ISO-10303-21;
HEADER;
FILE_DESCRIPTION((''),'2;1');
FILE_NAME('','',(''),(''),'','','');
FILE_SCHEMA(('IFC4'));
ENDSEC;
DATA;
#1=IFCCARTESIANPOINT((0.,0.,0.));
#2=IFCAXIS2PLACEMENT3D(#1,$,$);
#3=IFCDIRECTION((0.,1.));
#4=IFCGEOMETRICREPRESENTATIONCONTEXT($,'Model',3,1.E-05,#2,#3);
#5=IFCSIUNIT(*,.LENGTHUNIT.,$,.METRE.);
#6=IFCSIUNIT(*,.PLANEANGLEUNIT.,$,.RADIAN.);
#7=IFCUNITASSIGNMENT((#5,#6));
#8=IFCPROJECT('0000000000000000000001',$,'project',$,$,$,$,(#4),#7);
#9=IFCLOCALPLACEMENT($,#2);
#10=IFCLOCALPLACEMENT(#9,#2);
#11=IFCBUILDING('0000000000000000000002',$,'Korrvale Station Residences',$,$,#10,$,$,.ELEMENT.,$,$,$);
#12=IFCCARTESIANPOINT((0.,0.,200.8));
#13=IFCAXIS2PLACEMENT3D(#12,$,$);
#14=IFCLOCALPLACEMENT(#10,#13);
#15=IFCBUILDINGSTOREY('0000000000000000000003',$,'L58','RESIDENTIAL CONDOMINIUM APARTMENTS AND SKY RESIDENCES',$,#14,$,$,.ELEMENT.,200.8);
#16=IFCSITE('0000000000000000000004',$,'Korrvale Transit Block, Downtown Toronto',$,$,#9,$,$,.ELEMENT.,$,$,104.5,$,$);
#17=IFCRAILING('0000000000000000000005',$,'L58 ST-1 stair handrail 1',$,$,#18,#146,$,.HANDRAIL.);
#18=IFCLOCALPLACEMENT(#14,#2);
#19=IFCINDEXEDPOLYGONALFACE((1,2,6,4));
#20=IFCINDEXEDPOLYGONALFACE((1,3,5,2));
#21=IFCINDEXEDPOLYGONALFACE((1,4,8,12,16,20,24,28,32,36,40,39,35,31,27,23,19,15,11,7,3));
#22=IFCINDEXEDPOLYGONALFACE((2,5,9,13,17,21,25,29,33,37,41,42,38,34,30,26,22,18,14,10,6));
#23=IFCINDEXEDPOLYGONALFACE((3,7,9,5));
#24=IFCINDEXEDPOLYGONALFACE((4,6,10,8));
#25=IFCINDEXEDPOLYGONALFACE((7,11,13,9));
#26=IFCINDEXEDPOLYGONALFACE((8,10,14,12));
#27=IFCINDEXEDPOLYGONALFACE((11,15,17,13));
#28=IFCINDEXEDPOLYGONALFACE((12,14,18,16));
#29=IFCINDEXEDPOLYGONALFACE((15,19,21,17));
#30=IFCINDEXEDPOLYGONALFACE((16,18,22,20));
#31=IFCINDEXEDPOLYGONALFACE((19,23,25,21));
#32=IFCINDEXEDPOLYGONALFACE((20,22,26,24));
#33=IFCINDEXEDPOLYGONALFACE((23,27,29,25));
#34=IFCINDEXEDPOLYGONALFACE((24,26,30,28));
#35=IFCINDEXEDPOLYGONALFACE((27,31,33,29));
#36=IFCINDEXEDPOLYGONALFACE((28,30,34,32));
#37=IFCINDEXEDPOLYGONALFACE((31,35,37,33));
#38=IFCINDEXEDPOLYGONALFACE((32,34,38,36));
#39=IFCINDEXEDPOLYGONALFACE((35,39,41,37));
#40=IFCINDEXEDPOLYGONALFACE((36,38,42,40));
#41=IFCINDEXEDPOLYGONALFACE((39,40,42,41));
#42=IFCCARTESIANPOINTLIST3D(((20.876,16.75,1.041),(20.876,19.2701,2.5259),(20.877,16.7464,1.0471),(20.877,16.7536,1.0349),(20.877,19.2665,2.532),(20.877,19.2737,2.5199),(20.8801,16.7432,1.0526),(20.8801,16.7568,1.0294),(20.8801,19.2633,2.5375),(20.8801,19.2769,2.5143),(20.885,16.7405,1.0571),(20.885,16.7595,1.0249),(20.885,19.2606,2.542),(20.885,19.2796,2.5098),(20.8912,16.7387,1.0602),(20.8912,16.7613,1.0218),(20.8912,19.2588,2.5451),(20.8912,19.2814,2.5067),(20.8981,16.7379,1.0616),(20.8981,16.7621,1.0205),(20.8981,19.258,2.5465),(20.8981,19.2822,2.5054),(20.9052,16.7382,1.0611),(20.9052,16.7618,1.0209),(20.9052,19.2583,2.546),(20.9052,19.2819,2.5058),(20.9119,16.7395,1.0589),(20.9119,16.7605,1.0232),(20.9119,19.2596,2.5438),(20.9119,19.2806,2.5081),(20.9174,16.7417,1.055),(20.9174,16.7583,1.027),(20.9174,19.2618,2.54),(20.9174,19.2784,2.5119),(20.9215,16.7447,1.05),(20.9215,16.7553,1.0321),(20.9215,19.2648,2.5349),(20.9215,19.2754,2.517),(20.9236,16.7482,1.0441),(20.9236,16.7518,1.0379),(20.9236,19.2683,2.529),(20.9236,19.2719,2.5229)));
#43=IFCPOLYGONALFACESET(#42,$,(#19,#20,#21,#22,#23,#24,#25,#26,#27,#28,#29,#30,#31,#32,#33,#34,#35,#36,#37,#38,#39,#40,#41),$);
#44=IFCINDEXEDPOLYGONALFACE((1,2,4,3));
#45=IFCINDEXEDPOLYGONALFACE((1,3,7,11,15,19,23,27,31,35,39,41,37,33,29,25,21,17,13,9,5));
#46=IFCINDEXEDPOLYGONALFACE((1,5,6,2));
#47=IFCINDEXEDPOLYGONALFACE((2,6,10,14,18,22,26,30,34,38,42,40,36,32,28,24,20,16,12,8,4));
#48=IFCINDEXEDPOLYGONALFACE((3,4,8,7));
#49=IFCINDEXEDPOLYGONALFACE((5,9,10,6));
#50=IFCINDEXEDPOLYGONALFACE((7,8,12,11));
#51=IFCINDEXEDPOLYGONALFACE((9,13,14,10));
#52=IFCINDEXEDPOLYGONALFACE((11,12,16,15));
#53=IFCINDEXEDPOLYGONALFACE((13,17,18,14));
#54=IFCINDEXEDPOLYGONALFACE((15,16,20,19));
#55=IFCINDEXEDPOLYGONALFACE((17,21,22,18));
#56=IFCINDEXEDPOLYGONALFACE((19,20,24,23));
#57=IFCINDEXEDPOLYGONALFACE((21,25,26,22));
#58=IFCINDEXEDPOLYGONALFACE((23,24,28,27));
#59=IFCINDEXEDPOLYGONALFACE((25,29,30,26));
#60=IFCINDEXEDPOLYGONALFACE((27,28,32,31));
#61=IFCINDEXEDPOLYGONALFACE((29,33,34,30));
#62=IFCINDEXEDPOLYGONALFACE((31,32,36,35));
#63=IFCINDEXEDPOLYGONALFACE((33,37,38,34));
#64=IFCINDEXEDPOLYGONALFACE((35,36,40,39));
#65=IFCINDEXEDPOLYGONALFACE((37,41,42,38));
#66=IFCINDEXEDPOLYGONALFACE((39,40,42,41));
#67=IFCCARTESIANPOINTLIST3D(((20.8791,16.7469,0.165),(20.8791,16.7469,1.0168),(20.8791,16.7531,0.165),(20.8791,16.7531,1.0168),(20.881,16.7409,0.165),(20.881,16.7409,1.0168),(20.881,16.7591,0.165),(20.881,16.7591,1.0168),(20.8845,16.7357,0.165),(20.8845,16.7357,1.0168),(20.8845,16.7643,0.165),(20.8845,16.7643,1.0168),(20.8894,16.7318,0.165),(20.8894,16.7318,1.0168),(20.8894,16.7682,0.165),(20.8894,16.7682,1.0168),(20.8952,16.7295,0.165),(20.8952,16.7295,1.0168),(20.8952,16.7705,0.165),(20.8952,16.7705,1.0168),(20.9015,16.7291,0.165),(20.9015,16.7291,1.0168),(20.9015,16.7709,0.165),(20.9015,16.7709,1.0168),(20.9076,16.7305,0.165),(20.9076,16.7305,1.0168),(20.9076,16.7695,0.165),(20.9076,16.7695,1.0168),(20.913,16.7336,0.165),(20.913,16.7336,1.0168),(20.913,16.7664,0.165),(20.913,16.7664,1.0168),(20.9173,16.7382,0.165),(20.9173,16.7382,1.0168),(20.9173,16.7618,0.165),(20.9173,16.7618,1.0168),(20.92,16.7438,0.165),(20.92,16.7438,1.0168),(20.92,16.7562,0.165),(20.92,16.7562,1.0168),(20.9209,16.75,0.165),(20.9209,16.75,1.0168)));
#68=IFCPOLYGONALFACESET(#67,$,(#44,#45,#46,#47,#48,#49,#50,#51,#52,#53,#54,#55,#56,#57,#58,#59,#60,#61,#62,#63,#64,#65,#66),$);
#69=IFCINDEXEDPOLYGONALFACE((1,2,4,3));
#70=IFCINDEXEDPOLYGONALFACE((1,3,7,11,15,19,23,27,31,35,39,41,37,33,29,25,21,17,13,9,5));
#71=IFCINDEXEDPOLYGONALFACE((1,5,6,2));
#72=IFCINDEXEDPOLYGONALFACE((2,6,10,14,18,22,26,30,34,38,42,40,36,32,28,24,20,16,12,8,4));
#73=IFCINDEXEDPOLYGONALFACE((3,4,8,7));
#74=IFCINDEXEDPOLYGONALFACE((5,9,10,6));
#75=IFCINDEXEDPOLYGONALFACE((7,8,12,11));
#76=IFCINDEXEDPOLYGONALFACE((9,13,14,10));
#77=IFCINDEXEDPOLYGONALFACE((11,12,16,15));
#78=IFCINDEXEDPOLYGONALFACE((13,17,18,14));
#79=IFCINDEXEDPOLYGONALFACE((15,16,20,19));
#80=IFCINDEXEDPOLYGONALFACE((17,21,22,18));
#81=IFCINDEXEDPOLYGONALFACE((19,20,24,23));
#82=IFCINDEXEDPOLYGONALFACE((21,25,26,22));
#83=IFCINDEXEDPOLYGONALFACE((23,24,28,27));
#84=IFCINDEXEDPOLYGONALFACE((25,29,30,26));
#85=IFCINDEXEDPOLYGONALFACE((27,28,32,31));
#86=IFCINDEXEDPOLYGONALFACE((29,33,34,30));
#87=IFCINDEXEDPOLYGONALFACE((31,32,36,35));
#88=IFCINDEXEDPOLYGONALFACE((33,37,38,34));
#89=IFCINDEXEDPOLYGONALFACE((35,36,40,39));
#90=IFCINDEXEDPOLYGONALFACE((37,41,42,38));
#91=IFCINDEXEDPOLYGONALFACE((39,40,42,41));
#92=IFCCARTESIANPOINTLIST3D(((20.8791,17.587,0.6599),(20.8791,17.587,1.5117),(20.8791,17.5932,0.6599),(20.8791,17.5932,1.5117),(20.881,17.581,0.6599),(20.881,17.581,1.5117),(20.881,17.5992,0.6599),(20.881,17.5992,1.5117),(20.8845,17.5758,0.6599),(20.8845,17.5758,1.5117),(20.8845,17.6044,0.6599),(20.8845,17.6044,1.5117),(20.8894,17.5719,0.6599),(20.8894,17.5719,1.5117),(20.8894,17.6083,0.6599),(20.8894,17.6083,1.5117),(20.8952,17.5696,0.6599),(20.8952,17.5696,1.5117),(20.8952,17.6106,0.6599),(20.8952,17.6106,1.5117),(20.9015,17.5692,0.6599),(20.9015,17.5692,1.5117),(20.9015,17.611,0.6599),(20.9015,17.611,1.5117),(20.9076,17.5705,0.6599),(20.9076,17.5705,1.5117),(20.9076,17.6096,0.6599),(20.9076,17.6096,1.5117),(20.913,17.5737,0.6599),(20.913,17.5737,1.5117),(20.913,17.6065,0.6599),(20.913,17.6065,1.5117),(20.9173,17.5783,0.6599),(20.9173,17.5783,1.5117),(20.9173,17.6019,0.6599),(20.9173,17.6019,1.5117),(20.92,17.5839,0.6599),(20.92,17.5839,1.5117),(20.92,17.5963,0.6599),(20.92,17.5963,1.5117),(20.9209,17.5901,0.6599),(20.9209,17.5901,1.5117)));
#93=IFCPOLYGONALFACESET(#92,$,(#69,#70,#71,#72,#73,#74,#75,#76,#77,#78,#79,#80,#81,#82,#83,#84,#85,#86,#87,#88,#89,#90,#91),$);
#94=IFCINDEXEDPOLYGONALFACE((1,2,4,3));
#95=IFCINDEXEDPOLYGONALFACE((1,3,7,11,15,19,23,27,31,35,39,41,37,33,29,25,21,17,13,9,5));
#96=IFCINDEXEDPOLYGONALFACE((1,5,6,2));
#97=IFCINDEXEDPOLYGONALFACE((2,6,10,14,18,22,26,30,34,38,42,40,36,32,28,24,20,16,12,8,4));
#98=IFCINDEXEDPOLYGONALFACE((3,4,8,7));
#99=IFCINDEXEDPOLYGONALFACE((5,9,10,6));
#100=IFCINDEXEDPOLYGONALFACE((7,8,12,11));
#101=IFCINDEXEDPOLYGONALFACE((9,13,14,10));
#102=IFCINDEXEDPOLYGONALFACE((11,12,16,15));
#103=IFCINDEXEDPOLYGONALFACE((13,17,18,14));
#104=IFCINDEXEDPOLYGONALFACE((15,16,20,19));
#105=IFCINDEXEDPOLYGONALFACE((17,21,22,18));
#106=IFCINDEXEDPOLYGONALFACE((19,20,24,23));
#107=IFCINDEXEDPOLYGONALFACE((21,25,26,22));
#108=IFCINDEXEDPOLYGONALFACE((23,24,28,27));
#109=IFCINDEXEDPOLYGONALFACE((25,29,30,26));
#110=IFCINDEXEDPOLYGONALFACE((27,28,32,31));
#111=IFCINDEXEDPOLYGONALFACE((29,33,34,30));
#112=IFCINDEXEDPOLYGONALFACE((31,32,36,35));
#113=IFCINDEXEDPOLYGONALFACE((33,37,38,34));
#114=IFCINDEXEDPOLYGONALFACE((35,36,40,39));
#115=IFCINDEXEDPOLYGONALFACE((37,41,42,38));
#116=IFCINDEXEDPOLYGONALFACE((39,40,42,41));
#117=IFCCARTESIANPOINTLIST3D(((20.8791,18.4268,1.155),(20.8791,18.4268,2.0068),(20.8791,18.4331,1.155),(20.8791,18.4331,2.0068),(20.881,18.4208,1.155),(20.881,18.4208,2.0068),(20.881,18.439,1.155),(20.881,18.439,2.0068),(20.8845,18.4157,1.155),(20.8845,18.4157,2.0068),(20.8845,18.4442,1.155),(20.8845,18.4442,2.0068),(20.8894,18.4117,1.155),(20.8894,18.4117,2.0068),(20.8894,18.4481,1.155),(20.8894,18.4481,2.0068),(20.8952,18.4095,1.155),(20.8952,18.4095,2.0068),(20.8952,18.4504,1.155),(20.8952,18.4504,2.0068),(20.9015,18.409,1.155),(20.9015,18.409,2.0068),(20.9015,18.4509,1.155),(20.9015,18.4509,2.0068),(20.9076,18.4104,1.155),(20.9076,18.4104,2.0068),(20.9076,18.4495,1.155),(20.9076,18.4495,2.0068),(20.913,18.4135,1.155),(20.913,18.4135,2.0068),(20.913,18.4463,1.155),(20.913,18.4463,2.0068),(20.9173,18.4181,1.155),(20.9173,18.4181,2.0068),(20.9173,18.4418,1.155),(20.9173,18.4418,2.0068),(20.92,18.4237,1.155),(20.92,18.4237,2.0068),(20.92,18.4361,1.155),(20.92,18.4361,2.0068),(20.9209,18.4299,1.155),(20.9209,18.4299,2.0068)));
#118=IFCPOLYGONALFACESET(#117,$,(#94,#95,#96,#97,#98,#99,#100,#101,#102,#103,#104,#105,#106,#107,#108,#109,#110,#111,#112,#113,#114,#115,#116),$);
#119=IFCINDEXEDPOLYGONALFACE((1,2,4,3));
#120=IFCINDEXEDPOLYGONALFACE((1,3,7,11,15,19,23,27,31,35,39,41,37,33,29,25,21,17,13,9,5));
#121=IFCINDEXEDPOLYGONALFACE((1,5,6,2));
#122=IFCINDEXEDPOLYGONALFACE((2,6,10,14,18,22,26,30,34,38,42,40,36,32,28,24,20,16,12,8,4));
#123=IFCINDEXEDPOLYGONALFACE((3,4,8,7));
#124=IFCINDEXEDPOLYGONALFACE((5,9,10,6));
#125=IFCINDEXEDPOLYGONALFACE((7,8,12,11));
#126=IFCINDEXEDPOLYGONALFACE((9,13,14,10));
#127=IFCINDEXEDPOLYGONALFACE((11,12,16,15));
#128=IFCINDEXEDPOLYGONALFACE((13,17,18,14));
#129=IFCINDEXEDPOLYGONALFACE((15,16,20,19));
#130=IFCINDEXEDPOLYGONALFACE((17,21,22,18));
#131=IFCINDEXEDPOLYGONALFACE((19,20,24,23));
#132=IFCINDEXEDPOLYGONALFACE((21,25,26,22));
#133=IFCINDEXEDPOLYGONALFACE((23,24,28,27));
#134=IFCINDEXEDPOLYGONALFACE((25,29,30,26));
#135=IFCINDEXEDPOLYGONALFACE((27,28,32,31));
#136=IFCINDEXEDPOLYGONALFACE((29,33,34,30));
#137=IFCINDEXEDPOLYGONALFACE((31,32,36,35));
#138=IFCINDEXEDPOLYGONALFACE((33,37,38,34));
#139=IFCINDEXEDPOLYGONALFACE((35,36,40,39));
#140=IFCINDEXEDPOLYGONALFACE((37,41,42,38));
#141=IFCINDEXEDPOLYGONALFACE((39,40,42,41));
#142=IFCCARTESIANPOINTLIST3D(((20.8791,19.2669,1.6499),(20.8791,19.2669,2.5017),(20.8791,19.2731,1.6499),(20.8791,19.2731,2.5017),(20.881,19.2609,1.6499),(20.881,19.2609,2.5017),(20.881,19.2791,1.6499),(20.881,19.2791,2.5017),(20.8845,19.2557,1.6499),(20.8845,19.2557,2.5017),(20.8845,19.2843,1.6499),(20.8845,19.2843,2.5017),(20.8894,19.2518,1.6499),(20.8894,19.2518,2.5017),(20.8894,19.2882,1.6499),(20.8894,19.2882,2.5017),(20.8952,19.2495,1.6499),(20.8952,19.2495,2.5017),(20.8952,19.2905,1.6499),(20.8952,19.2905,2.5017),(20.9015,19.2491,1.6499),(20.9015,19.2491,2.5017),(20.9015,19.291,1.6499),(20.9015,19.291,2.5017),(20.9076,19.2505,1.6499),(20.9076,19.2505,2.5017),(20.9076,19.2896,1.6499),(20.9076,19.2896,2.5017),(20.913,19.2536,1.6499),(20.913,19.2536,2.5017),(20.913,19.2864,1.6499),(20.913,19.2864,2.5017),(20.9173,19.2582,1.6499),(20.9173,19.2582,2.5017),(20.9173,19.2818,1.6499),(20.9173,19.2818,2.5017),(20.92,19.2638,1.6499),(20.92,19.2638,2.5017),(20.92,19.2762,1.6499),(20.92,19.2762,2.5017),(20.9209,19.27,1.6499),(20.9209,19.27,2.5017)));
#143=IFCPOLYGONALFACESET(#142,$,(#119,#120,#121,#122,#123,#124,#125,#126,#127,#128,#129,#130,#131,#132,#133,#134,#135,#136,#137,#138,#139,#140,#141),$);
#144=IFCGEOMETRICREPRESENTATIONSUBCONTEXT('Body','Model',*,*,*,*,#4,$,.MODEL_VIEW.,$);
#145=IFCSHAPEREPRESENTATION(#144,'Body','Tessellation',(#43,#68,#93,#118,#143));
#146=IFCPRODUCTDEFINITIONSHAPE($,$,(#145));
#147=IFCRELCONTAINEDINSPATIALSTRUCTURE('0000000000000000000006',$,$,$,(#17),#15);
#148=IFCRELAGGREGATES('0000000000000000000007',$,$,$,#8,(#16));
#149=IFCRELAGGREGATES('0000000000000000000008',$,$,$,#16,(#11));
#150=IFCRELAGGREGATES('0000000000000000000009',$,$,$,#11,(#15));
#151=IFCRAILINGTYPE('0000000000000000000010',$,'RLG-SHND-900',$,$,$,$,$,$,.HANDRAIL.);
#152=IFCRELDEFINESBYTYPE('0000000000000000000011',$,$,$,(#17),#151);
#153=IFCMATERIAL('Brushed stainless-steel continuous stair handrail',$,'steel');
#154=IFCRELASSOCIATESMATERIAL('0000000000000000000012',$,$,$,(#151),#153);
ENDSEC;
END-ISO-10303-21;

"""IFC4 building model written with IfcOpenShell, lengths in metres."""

from ifc_helpers import new_model, si_unit, direction, frame, origin, origin_2d, place, context, subcontext, project, spatial, circle, extrude, material, type_object, element, save


model = new_model("IFC4")

# Units and contexts
model_context = context("Model", 3, precision=1e-05, world=origin(), true_north=direction((0.0, 1.0)))
body_context = subcontext(model_context, "Body", "Model", "MODEL_VIEW")
ifc_project = project(units=[si_unit("LENGTHUNIT", "METRE"), si_unit("PLANEANGLEUNIT", "RADIAN")], contexts=[model_context])

# Site, building, storey
site_placement = place(None, origin())
site = spatial("IfcSite", under=ifc_project, at=site_placement, Name="Korrvale Transit Block, Downtown Toronto", CompositionType="ELEMENT", RefElevation=104.5)
building_placement = place(site_placement, origin())
building = spatial("IfcBuilding", under=site, at=building_placement, Name="Korrvale Station Residences", CompositionType="ELEMENT")
storey_placement = place(building_placement, frame((0.0, 0.0, 200.8)))
storey = spatial("IfcBuildingStorey", under=building, at=storey_placement, Name="L58", Description="RESIDENTIAL CONDOMINIUM APARTMENTS AND SKY RESIDENCES", CompositionType="ELEMENT", Elevation=200.8)

# Railing
ifc_material_1 = material(Name="Brushed stainless-steel continuous stair handrail", Category="steel")
railing_type_1 = type_object("IfcRailingType", Name="RLG-SHND-900", PredefinedType="HANDRAIL", material=ifc_material_1)
railing_1_placement = place(storey_placement, frame((20.8999, 16.75, 0.165)))
element("IfcRailing", 1, at=railing_1_placement, inside=storey, type_object=railing_type_1, Name="L58 ST-1 stair handrail 1", PredefinedType="HANDRAIL", context=body_context, shape_type="SweptSolid", body=[
    extrude(circle(Radius=0.0239, at=origin_2d()), frame((0.0, 0.0, 0.876), z_axis=(0.0, 0.861561, 0.507655), x_axis=(-1.0, 0.0, 0.0)), (0.0, 0.0, 1.0), 2.925),
    extrude(circle(Radius=0.021, at=origin_2d()), origin(), (0.0, 0.0, 1.0), 0.8518),
    extrude(circle(Radius=0.021, at=origin_2d()), frame((0.0, 0.8401, 0.4949)), (0.0, 0.0, 1.0), 0.8518),
    extrude(circle(Radius=0.021, at=origin_2d()), frame((0.0, 1.6799, 0.99)), (0.0, 0.0, 1.0), 0.8518),
    extrude(circle(Radius=0.021, at=origin_2d()), frame((0.0, 2.52, 1.4849)), (0.0, 0.0, 1.0), 0.8518),
])

save(model, "model.ifc")
